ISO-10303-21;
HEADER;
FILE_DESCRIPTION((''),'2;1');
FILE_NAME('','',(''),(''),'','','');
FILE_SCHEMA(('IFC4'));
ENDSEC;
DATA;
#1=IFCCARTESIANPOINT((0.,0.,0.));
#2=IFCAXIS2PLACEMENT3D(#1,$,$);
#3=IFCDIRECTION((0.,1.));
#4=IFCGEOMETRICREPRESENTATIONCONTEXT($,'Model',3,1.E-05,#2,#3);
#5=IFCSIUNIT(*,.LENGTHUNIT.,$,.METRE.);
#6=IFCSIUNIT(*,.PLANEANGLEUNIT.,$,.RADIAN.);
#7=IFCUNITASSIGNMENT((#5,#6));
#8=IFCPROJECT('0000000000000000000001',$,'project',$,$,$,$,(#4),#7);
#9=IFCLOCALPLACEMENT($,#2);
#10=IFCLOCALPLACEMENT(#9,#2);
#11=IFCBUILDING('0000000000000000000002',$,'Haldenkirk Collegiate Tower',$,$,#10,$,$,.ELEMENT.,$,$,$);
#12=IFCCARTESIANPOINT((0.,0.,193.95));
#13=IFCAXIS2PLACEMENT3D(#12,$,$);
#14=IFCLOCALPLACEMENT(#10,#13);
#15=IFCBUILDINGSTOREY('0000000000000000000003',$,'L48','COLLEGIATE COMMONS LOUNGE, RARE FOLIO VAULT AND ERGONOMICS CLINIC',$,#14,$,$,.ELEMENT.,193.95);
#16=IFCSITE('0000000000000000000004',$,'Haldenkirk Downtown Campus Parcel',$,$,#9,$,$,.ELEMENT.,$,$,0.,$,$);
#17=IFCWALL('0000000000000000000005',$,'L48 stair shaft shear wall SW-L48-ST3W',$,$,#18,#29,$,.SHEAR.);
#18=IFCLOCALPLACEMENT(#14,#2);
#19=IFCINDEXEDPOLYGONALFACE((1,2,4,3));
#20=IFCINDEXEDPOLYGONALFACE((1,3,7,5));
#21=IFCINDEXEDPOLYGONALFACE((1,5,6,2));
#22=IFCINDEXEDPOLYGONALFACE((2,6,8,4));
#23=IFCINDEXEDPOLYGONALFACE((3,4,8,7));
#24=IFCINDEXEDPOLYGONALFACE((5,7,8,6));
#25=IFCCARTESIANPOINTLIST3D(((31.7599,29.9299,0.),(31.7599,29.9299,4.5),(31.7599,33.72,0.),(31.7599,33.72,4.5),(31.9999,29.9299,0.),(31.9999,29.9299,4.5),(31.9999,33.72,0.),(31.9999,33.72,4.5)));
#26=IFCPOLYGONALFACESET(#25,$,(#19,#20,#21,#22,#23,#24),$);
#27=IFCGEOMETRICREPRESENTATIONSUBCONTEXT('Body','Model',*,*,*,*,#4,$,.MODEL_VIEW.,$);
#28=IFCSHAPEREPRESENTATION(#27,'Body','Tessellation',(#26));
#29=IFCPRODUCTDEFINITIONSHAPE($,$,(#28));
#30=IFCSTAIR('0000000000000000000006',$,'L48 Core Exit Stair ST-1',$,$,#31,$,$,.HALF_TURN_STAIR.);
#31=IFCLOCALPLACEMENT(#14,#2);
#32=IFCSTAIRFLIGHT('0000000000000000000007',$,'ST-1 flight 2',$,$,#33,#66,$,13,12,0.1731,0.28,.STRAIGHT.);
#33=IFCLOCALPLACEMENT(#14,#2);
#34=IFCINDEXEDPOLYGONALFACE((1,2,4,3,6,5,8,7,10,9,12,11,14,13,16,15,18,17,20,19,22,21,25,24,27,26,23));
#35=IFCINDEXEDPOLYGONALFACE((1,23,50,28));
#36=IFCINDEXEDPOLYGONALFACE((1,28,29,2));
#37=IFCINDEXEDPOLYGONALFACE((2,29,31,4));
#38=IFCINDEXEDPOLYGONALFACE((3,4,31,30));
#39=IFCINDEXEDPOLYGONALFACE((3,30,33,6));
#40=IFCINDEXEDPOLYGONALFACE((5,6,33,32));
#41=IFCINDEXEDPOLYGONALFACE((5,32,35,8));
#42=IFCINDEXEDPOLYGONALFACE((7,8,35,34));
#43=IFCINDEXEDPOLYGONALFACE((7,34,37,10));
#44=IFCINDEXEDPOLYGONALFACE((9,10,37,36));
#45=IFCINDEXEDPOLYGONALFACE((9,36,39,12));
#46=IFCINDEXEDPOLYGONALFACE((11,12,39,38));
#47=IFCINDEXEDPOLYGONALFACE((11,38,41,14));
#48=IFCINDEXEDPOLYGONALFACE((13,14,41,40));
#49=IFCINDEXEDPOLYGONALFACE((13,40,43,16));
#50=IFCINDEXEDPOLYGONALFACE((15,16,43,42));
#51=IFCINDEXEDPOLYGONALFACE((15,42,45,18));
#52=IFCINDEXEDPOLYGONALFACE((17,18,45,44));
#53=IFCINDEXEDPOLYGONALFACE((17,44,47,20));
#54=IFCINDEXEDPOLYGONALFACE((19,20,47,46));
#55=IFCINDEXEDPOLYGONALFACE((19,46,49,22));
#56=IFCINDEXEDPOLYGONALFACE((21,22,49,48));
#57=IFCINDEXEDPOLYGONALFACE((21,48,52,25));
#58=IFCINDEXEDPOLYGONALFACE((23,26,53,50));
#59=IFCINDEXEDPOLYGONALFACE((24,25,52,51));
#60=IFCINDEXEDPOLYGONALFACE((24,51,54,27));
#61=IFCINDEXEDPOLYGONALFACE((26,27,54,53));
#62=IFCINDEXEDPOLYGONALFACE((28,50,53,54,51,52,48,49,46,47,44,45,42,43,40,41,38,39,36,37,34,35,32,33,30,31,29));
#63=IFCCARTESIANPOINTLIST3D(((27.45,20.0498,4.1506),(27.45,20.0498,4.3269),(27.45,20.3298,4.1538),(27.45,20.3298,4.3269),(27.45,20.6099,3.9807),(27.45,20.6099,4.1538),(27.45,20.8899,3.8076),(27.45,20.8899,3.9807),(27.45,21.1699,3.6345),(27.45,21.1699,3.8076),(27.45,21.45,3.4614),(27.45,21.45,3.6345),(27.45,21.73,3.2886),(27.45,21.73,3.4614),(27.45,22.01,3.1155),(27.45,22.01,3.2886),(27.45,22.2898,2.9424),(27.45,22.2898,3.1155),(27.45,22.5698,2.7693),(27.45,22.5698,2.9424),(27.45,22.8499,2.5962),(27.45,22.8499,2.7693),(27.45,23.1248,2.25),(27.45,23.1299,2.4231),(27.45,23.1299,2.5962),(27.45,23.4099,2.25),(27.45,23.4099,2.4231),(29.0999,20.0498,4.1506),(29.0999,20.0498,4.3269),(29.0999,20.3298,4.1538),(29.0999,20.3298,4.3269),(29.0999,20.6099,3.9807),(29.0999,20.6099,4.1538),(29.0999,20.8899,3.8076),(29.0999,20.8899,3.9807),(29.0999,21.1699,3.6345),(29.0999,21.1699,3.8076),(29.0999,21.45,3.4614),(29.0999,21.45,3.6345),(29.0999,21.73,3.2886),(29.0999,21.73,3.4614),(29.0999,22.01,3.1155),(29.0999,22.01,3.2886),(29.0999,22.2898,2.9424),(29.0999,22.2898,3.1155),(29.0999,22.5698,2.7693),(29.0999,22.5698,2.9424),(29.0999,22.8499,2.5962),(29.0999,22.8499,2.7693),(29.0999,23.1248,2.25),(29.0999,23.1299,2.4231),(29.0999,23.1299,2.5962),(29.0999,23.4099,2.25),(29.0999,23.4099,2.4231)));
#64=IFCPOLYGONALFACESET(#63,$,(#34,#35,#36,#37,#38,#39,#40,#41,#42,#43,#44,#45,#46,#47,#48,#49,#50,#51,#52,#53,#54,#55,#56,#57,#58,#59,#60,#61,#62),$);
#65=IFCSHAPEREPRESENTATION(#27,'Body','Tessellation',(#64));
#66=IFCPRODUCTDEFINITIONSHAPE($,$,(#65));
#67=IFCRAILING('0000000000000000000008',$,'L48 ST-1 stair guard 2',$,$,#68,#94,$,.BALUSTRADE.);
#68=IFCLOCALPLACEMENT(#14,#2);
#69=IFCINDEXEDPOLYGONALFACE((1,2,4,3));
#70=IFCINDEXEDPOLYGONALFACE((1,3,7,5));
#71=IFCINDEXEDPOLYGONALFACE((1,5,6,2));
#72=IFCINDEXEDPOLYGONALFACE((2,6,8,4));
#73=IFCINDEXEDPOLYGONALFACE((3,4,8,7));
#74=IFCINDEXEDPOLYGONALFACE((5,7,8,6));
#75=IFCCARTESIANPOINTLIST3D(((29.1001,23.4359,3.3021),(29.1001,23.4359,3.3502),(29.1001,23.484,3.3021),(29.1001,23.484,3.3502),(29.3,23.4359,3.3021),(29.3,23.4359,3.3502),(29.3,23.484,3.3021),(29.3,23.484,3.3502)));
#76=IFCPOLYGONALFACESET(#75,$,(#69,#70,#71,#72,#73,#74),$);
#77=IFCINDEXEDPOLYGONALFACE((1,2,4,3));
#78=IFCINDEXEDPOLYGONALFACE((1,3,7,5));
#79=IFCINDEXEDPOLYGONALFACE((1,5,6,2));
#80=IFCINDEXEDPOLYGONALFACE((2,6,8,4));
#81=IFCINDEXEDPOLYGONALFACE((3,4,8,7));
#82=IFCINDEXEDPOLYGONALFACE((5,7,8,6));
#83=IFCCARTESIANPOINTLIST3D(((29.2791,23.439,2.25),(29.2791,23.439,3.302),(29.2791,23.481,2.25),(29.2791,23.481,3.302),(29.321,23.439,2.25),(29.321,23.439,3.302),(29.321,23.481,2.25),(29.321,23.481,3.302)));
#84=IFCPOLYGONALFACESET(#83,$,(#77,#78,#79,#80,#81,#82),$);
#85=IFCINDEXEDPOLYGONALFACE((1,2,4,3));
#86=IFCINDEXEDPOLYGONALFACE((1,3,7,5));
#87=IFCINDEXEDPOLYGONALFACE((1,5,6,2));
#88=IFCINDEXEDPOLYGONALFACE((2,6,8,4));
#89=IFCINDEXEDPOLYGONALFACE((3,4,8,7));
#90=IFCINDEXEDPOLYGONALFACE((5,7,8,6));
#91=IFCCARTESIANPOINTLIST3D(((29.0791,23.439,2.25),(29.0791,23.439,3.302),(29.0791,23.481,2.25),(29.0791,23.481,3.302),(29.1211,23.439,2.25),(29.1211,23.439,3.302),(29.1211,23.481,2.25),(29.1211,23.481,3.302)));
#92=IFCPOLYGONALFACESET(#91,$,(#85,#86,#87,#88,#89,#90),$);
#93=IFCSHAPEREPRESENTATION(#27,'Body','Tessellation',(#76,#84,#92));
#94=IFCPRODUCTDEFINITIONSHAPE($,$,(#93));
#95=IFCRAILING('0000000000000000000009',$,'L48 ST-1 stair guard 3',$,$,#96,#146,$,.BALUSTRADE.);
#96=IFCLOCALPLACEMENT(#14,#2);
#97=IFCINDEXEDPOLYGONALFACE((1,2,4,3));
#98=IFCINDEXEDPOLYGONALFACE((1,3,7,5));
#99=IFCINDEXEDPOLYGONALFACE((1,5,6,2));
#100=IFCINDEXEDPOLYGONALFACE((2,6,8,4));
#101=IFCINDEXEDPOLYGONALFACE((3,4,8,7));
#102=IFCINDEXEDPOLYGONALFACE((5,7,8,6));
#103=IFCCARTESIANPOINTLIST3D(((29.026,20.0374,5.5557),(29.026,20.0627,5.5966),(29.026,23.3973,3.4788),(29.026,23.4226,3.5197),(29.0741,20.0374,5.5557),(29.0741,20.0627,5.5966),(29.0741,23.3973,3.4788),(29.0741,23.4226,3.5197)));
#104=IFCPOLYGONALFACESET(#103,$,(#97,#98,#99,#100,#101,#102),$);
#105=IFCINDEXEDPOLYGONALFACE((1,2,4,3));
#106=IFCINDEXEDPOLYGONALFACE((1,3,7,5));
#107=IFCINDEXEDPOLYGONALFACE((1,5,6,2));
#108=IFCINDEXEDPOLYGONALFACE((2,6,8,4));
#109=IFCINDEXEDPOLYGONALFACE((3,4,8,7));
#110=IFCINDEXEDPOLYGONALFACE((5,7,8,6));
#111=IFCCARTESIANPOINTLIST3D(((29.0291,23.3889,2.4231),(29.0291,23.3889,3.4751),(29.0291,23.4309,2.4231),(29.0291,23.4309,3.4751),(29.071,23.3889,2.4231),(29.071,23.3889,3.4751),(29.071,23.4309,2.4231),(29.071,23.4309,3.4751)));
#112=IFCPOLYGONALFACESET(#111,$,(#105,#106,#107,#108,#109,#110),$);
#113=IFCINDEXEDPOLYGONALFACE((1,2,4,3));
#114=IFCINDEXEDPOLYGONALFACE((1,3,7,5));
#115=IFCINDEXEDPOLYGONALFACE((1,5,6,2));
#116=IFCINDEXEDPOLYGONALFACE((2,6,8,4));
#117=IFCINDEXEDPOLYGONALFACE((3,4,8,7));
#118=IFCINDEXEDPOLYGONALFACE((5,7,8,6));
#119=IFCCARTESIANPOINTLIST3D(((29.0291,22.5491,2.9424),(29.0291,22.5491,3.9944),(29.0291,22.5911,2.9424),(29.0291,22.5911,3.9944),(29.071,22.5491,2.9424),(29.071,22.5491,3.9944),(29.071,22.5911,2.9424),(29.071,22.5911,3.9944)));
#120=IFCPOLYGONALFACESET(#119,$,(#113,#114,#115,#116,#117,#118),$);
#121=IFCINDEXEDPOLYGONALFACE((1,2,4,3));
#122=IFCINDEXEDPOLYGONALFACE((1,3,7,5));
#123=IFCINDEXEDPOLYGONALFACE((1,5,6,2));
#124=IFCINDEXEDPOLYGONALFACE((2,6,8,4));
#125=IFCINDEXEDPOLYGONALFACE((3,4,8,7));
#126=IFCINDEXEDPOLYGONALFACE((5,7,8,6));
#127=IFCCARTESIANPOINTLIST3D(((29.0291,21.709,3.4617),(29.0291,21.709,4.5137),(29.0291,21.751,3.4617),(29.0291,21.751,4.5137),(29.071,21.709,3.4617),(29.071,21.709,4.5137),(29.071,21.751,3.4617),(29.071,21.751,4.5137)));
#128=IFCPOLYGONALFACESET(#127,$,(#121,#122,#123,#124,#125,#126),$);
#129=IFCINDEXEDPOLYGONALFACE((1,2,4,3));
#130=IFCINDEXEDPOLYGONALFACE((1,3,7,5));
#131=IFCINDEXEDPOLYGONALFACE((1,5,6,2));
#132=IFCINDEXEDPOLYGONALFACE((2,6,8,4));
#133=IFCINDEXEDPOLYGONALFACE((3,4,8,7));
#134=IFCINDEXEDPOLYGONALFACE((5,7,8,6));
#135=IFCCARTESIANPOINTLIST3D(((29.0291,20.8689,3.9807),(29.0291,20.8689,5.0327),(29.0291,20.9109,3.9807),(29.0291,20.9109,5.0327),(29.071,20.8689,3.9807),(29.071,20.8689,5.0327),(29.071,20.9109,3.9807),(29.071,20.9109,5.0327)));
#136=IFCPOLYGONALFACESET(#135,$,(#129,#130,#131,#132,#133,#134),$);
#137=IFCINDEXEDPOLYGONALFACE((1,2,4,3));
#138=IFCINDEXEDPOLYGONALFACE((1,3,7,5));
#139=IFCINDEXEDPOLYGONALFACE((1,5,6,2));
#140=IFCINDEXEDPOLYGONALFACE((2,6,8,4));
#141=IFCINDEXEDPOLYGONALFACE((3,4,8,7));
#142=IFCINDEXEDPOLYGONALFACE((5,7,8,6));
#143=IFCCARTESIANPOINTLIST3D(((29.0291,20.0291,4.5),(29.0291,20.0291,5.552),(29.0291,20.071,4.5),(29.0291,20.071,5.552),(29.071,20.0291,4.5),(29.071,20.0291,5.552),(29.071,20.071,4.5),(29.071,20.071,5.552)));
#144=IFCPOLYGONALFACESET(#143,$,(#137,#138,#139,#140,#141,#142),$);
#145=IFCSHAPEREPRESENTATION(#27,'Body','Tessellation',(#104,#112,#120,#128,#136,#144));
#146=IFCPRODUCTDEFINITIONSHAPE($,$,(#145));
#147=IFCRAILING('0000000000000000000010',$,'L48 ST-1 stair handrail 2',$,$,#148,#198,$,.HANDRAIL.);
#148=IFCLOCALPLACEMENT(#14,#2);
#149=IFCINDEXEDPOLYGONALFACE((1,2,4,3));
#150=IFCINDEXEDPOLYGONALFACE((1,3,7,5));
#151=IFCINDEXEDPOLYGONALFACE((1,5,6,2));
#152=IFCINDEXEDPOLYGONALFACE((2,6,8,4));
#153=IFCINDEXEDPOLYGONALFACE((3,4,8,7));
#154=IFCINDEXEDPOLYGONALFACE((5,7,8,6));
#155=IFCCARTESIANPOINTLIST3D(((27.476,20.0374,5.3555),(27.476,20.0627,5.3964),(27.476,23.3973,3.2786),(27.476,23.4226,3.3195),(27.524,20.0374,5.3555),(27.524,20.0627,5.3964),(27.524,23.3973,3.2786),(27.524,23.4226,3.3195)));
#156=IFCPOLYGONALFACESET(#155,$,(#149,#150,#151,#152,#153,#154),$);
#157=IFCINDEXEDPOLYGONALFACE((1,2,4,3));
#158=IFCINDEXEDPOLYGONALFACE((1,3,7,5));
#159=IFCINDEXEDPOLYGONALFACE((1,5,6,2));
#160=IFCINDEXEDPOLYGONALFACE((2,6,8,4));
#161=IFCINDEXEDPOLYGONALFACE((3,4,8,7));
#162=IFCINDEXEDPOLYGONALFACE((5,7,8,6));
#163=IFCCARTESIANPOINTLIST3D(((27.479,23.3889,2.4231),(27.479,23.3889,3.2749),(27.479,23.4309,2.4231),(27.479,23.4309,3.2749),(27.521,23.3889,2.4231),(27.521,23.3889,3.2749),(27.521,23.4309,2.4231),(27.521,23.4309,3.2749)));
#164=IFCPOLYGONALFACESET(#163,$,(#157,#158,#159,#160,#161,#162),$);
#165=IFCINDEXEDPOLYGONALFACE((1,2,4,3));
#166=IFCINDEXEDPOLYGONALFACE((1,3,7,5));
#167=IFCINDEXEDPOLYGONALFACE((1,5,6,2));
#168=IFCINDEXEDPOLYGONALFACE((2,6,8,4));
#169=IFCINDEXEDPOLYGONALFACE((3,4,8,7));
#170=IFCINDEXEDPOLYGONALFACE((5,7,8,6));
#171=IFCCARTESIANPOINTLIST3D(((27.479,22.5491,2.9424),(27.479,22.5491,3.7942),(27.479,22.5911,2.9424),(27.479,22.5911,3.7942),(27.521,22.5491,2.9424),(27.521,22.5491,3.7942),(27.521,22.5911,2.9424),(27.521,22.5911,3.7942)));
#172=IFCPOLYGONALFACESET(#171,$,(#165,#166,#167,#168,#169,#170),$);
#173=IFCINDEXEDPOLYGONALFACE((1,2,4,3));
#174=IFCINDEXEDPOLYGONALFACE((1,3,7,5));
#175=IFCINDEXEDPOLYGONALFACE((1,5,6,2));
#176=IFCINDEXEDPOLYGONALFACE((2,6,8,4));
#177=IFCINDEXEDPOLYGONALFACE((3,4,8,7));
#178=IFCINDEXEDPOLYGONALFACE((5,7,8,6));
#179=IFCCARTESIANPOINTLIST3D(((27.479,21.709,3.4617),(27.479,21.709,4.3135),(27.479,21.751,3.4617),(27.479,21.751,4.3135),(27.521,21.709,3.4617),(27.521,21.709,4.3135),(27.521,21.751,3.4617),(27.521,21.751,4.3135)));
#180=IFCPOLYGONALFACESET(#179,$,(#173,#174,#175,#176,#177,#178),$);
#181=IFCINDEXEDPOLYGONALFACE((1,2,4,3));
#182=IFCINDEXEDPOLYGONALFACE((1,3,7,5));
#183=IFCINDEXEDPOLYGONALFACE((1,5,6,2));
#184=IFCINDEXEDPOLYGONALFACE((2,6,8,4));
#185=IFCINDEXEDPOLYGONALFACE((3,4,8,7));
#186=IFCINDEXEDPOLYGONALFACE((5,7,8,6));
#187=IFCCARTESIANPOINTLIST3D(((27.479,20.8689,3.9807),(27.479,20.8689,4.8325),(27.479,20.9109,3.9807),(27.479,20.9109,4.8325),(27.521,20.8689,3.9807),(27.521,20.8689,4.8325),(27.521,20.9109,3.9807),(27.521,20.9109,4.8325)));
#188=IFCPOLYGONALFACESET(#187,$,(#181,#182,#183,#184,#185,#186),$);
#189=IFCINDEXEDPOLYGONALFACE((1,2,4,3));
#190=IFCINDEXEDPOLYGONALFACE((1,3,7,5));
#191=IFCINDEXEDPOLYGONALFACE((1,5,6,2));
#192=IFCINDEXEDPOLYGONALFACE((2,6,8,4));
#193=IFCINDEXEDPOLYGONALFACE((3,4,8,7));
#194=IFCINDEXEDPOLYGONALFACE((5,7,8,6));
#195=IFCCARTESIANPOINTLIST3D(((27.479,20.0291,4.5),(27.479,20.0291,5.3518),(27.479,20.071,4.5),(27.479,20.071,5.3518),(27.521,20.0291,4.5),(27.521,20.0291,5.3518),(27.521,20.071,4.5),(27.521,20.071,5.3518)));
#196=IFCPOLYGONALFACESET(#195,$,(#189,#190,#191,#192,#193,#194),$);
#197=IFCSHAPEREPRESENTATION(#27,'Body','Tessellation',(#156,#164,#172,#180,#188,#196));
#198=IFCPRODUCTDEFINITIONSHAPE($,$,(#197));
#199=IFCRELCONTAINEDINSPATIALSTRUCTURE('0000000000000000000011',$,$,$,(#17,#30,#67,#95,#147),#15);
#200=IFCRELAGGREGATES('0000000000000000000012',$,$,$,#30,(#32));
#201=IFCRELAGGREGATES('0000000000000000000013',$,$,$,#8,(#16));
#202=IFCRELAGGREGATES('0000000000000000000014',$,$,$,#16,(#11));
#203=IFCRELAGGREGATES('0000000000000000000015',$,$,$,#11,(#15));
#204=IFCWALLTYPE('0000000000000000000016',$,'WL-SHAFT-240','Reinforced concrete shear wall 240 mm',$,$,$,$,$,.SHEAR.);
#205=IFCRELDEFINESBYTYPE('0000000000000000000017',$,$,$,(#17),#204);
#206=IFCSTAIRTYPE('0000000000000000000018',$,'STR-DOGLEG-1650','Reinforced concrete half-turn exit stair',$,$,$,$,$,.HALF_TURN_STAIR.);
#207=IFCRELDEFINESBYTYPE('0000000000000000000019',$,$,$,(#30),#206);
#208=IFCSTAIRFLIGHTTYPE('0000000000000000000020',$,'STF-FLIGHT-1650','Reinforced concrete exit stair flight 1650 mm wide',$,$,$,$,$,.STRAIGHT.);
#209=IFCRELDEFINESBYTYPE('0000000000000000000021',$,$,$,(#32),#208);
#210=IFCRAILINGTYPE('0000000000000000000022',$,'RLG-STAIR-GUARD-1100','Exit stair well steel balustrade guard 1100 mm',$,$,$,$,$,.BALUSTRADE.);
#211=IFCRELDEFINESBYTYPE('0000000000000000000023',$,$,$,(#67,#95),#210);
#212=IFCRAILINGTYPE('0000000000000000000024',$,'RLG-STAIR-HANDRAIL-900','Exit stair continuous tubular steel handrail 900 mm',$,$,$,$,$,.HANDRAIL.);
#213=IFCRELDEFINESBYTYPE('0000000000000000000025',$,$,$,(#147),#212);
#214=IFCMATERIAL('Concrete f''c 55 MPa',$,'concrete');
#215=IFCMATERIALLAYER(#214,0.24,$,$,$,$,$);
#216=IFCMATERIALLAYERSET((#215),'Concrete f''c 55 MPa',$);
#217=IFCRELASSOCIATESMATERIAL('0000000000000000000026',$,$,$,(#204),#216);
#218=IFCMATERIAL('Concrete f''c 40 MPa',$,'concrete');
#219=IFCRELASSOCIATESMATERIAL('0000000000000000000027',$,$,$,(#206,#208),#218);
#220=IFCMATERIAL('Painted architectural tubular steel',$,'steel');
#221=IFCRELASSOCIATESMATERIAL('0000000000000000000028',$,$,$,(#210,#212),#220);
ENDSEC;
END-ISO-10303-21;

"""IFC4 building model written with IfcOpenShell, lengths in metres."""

from ifc_helpers import new_model, si_unit, direction, frame, frame_2d, origin, origin_2d, place, context, subcontext, project, spatial, polyline, rectangle, outline, extrude, material, layer, layer_set, type_object, element, aggregate, save


model = new_model("IFC4")

# Units and contexts
model_context = context("Model", 3, precision=1e-05, world=origin(), true_north=direction((0.0, 1.0)))
body_context = subcontext(model_context, "Body", "Model", "MODEL_VIEW")
ifc_project = project(units=[si_unit("LENGTHUNIT", "METRE"), si_unit("PLANEANGLEUNIT", "RADIAN")], contexts=[model_context])

# Site, building, storey
site_placement = place(None, origin())
site = spatial("IfcSite", under=ifc_project, at=site_placement, Name="Haldenkirk Downtown Campus Parcel", CompositionType="ELEMENT", RefElevation=0.0)
building_placement = place(site_placement, origin())
building = spatial("IfcBuilding", under=site, at=building_placement, Name="Haldenkirk Collegiate Tower", CompositionType="ELEMENT")
storey_placement = place(building_placement, frame((0.0, 0.0, 193.95)))
storey = spatial("IfcBuildingStorey", under=building, at=storey_placement, Name="L48", Description="COLLEGIATE COMMONS LOUNGE, RARE FOLIO VAULT AND ERGONOMICS CLINIC", CompositionType="ELEMENT", Elevation=193.95)

# Shared definitions
ifc_material_1 = material(Name="Concrete f'c 55 MPa", Category="concrete")

# Shared definitions
ifc_layer_1 = layer(ifc_material_1, 0.24)
ifc_layer_set_1 = layer_set([ifc_layer_1], Name="Concrete f'c 55 MPa")
wall_type_1 = type_object("IfcWallType", Name="WL-SHAFT-240", Description="Reinforced concrete shear wall 240 mm", PredefinedType="SHEAR", material=ifc_layer_set_1)

# Wall
wall_1_placement = place(storey_placement, frame((31.8799, 29.9299, 0.0), z_axis=(0.0, 0.0, 1.0), x_axis=(0.0, 1.0, 0.0)))
element("IfcWall", 1, at=wall_1_placement, inside=storey, type_object=wall_type_1, Name="L48 stair shaft shear wall SW-L48-ST3W", PredefinedType="SHEAR", context=body_context, shape_type="SweptSolid", body=[
    extrude(rectangle(XDim=3.79, YDim=0.24, at=frame_2d((1.895, 0.0))), origin(), (0.0, 0.0, 1.0), 4.5),
])

# Stair, stair flight
ifc_material_2 = material(Name="Concrete f'c 40 MPa", Category="concrete")
stair_type = type_object("IfcStairType", Name="STR-DOGLEG-1650", Description="Reinforced concrete half-turn exit stair", PredefinedType="HALF_TURN_STAIR", material=ifc_material_2)
stair_placement = place(storey_placement, origin())
stair = element("IfcStair", 2, at=stair_placement, inside=storey, type_object=stair_type, Name="L48 Core Exit Stair ST-1", PredefinedType="HALF_TURN_STAIR")
stair_flight_type = type_object("IfcStairFlightType", Name="STF-FLIGHT-1650", Description="Reinforced concrete exit stair flight 1650 mm wide", PredefinedType="STRAIGHT", material=ifc_material_2)
stair_flight_placement = place(storey_placement, frame((28.2749, 23.4099, 2.25), z_axis=(0.0, 0.0, 1.0), x_axis=(0.0, -1.0, 0.0)))
stair_flight = element("IfcStairFlight", 3, at=stair_flight_placement, type_object=stair_flight_type, Name="ST-1 flight 2", NumberOfRisers=13, NumberOfTreads=12, PredefinedType="STRAIGHT", RiserHeight=0.1731, TreadLength=0.28, context=body_context, shape_type="SweptSolid", body=[
    extrude(outline(polyline([(0.0, 0.0), (0.0, 0.1731), (0.28, 0.1731), (0.28, 0.3462), (0.5601, 0.3462), (0.5601, 0.5193), (0.8401, 0.5193), (0.8401, 0.6924), (1.1201, 0.6924), (1.1201, 0.8655), (1.3999, 0.8655), (1.3999, 1.0386), (1.6799, 1.0386), (1.6799, 1.2114), (1.96, 1.2114), (1.96, 1.3845), (2.24, 1.3845), (2.24, 1.5576), (2.52, 1.5576), (2.52, 1.7307), (2.8, 1.7307), (2.8, 1.9038), (3.0801, 1.9038), (3.0801, 2.0769), (3.3601, 2.0769), (3.3601, 2.25), (3.3601, 1.9006), (0.2852, 0.0), (0.0, 0.0)])), frame((0.0, 0.825, 0.0), z_axis=(0.0, -1.0, 0.0), x_axis=(1.0, 0.0, 0.0)), (0.0, 0.0, 1.0), 1.6499),
])
aggregate(stair, [stair_flight])

# Railings
ifc_material_3 = material(Name="Painted architectural tubular steel", Category="steel")
railing_type_1 = type_object("IfcRailingType", Name="RLG-STAIR-GUARD-1100", Description="Exit stair well steel balustrade guard 1100 mm", PredefinedType="BALUSTRADE", material=ifc_material_3)
railing_1_placement = place(storey_placement, frame((29.3, 23.46, 2.25)))
element("IfcRailing", 4, at=railing_1_placement, inside=storey, type_object=railing_type_1, Name="L48 ST-1 stair guard 2", PredefinedType="BALUSTRADE", context=body_context, shape_type="SweptSolid", body=[
    extrude(rectangle(XDim=0.0481, YDim=0.0481, at=origin_2d()), frame((0.0, 0.0, 1.0762), z_axis=(-1.0, 0.0, 0.0), x_axis=(0.0, -1.0, 0.0)), (0.0, 0.0, 1.0), 0.2),
    extrude(rectangle(XDim=0.042, YDim=0.042, at=origin_2d()), origin(), (0.0, 0.0, 1.0), 1.052),
    extrude(rectangle(XDim=0.042, YDim=0.042, at=origin_2d()), frame((-0.2, 0.0, 0.0)), (0.0, 0.0, 1.0), 1.052),
])
railing_2_placement = place(storey_placement, frame((29.05, 23.4099, 2.4231)))
element("IfcRailing", 5, at=railing_2_placement, inside=storey, type_object=railing_type_1, Name="L48 ST-1 stair guard 3", PredefinedType="BALUSTRADE", context=body_context, shape_type="SweptSolid", body=[
    extrude(rectangle(XDim=0.0481, YDim=0.0481, at=origin_2d()), frame((0.0, 0.0, 1.0762), z_axis=(0.0, -0.850606, 0.525803), x_axis=(1.0, 0.0, 0.0)), (0.0, 0.0, 1.0), 3.95),
    extrude(rectangle(XDim=0.042, YDim=0.042, at=origin_2d()), origin(), (0.0, 0.0, 1.0), 1.052),
    extrude(rectangle(XDim=0.042, YDim=0.042, at=origin_2d()), frame((0.0, -0.8398, 0.5193)), (0.0, 0.0, 1.0), 1.052),
    extrude(rectangle(XDim=0.042, YDim=0.042, at=origin_2d()), frame((0.0, -1.6799, 1.0386)), (0.0, 0.0, 1.0), 1.052),
    extrude(rectangle(XDim=0.042, YDim=0.042, at=origin_2d()), frame((0.0, -2.52, 1.5576)), (0.0, 0.0, 1.0), 1.052),
    extrude(rectangle(XDim=0.042, YDim=0.042, at=origin_2d()), frame((0.0, -3.3599, 2.0769)), (0.0, 0.0, 1.0), 1.052),
])
railing_type_2 = type_object("IfcRailingType", Name="RLG-STAIR-HANDRAIL-900", Description="Exit stair continuous tubular steel handrail 900 mm", PredefinedType="HANDRAIL", material=ifc_material_3)
railing_3_placement = place(storey_placement, frame((27.5, 23.4099, 2.4231)))
element("IfcRailing", 6, at=railing_3_placement, inside=storey, type_object=railing_type_2, Name="L48 ST-1 stair handrail 2", PredefinedType="HANDRAIL", context=body_context, shape_type="SweptSolid", body=[
    extrude(rectangle(XDim=0.0481, YDim=0.0481, at=origin_2d()), frame((0.0, 0.0, 0.876), z_axis=(0.0, -0.850606, 0.525803), x_axis=(1.0, 0.0, 0.0)), (0.0, 0.0, 1.0), 3.95),
    extrude(rectangle(XDim=0.042, YDim=0.042, at=origin_2d()), origin(), (0.0, 0.0, 1.0), 0.8518),
    extrude(rectangle(XDim=0.042, YDim=0.042, at=origin_2d()), frame((0.0, -0.8398, 0.5193)), (0.0, 0.0, 1.0), 0.8518),
    extrude(rectangle(XDim=0.042, YDim=0.042, at=origin_2d()), frame((0.0, -1.6799, 1.0386)), (0.0, 0.0, 1.0), 0.8518),
    extrude(rectangle(XDim=0.042, YDim=0.042, at=origin_2d()), frame((0.0, -2.52, 1.5576)), (0.0, 0.0, 1.0), 0.8518),
    extrude(rectangle(XDim=0.042, YDim=0.042, at=origin_2d()), frame((0.0, -3.3599, 2.0769)), (0.0, 0.0, 1.0), 0.8518),
])

save(model, "model.ifc")
